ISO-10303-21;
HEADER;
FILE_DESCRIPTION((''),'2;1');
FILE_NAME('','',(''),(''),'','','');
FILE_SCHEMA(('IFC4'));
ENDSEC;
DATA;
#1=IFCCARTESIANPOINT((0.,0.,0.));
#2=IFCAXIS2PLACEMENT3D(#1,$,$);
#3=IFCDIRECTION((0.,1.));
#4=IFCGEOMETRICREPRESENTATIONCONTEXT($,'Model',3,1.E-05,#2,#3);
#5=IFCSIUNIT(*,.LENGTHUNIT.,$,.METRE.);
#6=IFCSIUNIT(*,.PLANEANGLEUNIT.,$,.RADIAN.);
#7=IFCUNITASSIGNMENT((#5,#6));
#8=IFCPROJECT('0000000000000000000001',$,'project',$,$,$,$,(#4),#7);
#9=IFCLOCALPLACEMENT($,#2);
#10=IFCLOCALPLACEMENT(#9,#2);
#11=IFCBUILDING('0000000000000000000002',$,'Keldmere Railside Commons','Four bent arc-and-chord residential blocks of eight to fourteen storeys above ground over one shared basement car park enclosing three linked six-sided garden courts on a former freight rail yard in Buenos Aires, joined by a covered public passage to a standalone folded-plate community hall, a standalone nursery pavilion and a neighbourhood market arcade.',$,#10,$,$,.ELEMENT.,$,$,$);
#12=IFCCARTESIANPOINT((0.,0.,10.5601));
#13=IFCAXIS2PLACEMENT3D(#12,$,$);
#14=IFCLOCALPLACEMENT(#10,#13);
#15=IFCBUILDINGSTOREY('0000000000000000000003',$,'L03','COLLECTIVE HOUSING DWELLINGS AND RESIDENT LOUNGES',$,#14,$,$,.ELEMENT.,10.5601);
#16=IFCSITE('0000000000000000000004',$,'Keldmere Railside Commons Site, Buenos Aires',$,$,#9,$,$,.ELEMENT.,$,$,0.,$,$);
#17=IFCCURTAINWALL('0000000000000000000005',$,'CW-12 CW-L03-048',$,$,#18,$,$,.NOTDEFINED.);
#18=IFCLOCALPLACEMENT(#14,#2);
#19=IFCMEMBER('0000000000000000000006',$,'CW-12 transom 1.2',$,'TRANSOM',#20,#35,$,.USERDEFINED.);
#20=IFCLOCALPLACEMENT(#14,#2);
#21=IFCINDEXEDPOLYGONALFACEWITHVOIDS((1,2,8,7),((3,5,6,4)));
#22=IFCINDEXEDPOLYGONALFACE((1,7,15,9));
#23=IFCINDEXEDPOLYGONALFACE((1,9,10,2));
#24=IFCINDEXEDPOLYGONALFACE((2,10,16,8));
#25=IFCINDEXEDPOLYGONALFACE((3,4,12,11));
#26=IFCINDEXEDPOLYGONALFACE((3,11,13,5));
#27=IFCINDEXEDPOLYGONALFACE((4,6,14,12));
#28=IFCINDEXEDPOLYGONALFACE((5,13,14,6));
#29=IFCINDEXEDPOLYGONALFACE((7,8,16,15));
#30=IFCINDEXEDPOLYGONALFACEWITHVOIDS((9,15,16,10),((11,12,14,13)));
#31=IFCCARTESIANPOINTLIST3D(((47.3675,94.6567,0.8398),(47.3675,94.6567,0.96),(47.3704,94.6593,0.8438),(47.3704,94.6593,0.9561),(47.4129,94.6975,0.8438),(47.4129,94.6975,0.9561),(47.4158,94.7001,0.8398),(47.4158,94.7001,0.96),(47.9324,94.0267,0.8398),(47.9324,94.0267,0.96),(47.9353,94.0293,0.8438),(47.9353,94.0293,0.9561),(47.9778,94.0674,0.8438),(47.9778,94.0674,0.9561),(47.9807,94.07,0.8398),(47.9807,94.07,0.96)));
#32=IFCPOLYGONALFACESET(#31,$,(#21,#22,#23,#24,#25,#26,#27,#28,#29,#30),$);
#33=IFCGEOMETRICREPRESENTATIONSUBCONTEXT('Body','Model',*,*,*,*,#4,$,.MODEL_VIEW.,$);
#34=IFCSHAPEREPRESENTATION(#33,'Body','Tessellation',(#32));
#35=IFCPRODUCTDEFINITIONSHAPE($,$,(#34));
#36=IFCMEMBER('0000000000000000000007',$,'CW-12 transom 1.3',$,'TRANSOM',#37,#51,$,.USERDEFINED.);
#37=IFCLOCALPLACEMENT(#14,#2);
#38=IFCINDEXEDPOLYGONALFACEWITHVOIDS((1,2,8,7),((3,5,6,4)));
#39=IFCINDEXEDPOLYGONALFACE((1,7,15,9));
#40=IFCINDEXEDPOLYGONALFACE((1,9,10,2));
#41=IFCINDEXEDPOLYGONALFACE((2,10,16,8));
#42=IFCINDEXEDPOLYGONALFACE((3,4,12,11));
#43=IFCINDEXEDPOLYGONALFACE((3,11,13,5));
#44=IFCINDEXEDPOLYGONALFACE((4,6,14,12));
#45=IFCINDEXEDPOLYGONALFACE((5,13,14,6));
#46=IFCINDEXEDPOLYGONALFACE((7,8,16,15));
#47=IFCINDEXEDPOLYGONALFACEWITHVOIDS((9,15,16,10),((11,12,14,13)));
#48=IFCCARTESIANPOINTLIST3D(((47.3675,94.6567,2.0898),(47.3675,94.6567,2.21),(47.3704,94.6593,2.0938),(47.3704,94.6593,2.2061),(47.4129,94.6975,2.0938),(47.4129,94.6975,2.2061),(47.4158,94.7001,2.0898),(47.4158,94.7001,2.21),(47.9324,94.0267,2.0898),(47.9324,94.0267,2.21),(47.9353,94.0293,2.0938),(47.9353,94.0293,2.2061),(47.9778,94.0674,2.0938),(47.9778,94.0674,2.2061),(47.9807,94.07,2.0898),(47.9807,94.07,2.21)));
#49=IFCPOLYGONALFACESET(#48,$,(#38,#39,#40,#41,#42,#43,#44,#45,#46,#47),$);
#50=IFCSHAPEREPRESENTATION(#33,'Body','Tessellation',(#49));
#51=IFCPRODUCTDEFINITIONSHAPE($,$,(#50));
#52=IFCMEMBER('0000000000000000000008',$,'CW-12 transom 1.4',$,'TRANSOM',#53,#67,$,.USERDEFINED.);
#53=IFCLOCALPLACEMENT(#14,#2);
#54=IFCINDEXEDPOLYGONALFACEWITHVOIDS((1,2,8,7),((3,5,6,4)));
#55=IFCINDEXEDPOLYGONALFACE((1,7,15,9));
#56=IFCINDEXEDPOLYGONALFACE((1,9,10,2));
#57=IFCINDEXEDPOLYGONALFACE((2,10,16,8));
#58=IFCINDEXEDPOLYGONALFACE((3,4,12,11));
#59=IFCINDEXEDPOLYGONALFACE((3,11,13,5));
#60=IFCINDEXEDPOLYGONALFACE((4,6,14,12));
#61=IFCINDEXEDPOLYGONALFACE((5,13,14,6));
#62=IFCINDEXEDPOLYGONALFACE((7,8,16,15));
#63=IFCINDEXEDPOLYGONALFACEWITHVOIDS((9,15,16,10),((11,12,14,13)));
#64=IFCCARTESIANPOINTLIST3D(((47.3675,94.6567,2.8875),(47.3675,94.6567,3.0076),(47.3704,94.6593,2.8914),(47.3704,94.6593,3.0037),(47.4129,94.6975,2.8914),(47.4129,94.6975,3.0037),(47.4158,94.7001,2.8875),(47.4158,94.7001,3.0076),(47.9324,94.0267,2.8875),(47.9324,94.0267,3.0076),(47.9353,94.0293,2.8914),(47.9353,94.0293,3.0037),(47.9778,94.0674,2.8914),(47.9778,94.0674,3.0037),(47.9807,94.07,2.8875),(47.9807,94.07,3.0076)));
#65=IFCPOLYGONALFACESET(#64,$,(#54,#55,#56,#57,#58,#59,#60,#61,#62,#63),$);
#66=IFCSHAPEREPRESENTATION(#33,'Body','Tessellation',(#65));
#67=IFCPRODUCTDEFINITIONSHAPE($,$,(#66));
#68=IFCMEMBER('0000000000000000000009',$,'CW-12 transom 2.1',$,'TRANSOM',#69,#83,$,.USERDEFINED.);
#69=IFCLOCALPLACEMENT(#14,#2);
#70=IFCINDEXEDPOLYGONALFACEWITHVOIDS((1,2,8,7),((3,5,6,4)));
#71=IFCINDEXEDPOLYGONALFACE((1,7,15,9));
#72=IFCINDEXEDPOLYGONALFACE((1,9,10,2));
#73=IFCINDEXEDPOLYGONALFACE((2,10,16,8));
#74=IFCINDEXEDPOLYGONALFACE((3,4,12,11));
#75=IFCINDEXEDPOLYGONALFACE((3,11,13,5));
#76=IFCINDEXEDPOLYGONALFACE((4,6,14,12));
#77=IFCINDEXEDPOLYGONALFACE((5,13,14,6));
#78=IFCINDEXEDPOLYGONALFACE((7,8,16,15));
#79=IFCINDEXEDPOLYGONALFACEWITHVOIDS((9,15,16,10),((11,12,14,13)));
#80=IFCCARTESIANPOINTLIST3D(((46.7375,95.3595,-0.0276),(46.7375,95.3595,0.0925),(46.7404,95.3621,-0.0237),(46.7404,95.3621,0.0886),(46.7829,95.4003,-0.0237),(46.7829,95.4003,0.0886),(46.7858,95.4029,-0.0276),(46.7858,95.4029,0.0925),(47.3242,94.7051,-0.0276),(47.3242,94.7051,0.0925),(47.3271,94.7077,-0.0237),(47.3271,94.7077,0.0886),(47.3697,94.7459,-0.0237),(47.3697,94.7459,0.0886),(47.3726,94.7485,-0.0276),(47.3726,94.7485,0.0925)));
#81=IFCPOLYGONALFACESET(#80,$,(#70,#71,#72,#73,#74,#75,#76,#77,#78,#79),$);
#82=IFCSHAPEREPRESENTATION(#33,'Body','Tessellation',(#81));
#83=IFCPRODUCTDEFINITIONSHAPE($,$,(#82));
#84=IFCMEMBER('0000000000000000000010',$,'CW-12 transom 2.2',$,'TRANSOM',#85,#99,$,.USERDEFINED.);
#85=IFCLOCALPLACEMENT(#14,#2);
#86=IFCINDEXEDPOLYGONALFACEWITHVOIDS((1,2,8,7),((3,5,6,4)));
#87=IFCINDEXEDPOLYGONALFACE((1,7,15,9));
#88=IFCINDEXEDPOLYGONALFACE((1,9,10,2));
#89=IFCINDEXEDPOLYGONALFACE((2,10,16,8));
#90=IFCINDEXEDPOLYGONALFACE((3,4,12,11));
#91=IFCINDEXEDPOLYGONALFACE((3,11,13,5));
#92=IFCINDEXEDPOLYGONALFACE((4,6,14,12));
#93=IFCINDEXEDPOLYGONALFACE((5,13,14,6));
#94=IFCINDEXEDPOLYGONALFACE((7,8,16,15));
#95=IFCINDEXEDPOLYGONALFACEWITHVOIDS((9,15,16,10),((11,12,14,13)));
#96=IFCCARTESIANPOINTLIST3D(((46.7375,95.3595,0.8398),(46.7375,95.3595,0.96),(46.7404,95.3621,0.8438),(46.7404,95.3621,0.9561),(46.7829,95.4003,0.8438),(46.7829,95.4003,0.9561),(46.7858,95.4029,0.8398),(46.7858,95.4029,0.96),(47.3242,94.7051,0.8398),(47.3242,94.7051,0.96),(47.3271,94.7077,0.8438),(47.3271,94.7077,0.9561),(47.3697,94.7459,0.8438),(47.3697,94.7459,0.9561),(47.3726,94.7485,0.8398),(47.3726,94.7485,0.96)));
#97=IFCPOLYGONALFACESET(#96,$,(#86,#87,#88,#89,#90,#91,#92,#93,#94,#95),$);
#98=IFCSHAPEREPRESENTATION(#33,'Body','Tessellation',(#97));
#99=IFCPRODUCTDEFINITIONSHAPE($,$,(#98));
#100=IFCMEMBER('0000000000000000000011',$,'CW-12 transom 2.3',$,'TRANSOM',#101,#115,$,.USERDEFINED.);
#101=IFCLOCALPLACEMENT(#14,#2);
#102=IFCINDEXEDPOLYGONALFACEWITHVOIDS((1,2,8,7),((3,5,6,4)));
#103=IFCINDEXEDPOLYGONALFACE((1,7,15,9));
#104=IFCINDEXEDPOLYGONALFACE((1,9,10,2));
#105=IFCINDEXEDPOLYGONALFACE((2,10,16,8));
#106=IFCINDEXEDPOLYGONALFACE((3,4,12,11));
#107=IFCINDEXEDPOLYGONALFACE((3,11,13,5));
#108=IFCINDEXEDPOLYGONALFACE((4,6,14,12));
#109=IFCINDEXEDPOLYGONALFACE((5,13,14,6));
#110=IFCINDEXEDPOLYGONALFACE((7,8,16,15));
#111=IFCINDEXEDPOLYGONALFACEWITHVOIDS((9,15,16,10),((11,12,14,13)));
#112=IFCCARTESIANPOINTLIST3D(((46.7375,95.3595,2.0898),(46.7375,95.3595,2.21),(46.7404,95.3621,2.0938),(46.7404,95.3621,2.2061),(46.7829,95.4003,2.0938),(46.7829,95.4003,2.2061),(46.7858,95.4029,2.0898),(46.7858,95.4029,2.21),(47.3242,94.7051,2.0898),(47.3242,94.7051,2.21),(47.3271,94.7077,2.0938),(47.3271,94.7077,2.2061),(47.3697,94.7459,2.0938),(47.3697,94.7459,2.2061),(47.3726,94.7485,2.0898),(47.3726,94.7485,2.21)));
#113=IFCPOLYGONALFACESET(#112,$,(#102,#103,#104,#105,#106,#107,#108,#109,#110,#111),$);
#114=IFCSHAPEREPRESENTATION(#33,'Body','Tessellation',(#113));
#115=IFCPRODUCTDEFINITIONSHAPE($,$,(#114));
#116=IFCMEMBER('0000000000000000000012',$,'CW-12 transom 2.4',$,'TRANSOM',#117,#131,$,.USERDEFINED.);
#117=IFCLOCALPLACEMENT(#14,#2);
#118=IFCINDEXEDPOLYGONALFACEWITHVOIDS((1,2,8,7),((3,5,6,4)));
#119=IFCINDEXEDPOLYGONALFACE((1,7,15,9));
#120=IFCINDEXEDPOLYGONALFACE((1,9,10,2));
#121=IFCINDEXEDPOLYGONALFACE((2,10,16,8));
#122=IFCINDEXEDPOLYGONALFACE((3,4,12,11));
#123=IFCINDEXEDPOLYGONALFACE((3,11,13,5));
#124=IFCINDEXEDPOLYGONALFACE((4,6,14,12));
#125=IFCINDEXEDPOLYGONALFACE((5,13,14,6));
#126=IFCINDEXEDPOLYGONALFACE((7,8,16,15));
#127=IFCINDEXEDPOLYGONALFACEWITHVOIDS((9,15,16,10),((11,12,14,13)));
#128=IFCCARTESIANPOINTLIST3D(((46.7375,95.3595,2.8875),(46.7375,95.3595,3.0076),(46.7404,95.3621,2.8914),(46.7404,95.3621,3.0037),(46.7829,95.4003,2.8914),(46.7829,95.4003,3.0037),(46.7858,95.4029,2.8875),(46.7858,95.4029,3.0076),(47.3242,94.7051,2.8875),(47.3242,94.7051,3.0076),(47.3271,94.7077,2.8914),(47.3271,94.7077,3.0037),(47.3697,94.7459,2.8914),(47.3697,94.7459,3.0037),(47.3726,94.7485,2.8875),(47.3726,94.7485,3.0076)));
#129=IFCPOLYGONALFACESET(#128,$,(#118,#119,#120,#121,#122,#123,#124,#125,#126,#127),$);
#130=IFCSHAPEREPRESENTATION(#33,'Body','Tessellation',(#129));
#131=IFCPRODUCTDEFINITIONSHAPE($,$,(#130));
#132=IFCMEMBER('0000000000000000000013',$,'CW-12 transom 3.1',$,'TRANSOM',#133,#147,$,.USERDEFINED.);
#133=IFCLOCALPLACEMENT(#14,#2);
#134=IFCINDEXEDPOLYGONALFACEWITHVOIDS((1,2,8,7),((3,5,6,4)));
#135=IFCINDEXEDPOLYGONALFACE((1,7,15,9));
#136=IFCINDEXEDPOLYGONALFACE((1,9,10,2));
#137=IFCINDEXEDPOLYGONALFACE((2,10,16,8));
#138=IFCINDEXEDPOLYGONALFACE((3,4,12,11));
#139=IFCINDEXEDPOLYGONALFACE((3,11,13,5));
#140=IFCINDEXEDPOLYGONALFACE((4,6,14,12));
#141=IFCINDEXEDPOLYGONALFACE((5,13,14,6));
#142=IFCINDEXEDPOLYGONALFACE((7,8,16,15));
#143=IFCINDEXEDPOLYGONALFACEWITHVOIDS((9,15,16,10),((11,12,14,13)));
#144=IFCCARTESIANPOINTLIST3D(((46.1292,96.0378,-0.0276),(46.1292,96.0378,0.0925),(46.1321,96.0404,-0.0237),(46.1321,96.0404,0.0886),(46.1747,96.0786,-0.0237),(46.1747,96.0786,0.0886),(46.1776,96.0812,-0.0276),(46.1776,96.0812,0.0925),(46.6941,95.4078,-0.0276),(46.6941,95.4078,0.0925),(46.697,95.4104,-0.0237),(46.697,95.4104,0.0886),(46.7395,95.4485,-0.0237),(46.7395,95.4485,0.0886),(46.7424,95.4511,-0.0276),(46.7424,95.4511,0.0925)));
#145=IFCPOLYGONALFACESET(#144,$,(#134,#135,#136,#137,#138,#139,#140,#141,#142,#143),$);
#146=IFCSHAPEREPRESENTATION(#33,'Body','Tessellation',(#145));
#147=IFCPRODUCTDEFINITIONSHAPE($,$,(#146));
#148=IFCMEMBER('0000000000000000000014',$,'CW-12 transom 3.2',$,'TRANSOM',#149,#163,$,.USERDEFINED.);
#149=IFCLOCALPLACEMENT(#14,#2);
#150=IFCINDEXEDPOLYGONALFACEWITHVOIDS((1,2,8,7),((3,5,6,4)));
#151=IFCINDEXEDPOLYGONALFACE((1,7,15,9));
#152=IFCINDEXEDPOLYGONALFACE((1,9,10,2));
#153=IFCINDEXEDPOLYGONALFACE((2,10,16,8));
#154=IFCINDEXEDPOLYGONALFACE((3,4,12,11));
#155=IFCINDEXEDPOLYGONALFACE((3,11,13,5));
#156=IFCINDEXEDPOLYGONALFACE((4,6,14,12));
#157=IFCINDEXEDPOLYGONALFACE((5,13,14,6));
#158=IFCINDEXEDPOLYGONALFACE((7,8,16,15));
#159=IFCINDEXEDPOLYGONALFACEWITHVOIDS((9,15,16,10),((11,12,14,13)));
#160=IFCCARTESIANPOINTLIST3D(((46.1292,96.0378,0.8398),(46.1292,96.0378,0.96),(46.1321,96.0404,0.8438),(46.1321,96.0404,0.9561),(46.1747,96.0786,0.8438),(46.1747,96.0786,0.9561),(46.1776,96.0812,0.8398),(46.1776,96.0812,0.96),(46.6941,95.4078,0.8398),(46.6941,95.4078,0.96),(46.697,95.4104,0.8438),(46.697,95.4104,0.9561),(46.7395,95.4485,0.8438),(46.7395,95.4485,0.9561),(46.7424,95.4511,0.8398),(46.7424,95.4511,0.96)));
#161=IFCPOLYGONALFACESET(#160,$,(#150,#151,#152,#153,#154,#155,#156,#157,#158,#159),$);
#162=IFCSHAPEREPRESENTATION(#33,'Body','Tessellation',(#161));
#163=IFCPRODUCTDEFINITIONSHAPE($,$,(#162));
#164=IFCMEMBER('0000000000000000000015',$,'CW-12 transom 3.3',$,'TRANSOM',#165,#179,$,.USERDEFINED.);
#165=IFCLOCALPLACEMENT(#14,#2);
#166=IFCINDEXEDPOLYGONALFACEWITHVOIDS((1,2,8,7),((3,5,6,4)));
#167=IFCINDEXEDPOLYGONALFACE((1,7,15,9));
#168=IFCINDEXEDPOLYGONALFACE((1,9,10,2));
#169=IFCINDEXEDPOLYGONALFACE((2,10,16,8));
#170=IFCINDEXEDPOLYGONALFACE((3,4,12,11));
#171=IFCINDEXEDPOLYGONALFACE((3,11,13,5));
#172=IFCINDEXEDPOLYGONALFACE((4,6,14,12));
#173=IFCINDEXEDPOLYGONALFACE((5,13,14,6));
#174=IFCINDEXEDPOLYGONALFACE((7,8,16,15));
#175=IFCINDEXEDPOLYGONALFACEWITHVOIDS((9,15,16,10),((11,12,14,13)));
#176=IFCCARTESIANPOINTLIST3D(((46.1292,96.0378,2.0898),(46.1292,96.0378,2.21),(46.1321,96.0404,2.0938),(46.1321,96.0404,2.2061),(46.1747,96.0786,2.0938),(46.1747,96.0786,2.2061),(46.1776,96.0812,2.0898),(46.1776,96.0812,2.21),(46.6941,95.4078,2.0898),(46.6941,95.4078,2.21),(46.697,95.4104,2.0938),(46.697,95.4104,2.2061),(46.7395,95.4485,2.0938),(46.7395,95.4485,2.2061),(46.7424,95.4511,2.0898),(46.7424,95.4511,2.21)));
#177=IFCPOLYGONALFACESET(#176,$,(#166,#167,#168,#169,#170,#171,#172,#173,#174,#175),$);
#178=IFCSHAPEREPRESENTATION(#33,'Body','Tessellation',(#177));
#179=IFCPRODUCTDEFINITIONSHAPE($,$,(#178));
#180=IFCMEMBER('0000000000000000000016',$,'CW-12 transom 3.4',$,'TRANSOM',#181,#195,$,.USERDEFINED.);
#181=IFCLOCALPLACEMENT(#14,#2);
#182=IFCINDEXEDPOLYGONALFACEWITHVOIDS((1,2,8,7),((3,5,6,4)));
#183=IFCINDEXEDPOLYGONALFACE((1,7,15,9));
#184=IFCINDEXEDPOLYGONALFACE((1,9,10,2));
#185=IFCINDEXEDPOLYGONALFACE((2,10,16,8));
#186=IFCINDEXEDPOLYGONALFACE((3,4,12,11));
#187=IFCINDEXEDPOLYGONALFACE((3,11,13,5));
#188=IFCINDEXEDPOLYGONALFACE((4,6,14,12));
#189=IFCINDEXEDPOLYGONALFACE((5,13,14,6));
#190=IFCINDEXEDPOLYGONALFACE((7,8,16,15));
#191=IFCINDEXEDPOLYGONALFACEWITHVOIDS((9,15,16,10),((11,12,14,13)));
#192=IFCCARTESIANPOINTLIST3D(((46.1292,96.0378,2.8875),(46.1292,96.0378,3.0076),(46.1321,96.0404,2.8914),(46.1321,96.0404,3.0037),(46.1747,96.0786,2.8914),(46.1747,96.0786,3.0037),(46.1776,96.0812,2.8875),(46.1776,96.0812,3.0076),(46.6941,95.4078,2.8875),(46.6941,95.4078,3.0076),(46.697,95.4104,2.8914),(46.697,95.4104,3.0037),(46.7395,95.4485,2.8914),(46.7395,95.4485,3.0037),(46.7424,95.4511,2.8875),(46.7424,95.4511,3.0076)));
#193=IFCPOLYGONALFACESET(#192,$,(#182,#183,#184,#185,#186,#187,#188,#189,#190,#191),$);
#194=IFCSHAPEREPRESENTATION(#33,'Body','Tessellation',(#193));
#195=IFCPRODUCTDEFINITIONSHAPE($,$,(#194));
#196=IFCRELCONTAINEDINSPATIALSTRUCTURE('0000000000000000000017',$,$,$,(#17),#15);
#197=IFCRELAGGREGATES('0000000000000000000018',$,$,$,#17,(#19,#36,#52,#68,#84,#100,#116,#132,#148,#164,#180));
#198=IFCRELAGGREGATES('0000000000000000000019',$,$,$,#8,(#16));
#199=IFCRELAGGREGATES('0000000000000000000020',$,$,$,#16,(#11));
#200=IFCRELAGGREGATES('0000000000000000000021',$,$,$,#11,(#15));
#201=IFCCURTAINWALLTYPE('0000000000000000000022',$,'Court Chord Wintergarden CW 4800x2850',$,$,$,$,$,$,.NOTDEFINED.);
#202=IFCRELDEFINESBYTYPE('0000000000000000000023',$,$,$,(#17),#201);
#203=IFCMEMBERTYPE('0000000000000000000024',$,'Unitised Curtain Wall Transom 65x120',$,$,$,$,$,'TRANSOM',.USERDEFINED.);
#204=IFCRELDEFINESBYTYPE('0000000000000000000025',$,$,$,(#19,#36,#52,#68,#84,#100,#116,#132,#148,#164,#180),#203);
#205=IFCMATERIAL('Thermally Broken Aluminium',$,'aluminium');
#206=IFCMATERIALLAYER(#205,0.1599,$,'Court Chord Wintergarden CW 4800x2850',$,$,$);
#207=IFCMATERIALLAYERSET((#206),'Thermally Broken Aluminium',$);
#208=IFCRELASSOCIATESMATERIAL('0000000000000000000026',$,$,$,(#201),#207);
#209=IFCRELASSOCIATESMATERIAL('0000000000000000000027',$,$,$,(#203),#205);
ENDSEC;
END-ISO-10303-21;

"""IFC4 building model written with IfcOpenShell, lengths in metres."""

from ifc_helpers import new_model, si_unit, direction, frame, origin, origin_2d, place, context, subcontext, project, spatial, hollow_rectangle, extrude, material, layer, layer_set, material_profile, profile_set, type_object, element, aggregate, save


model = new_model("IFC4")

# Units and contexts
model_context = context("Model", 3, precision=1e-05, world=origin(), true_north=direction((0.0, 1.0)))
body_context = subcontext(model_context, "Body", "Model", "MODEL_VIEW")
ifc_project = project(units=[si_unit("LENGTHUNIT", "METRE"), si_unit("PLANEANGLEUNIT", "RADIAN")], contexts=[model_context])

# Site, building, storey
site_placement = place(None, origin())
site = spatial("IfcSite", under=ifc_project, at=site_placement, Name="Keldmere Railside Commons Site, Buenos Aires", CompositionType="ELEMENT", RefElevation=0.0)
building_placement = place(site_placement, origin())
building = spatial("IfcBuilding", under=site, at=building_placement, Name="Keldmere Railside Commons", Description="Four bent arc-and-chord residential blocks of eight to fourteen storeys above ground over one shared basement car park enclosing three linked six-sided garden courts on a former freight rail yard in Buenos Aires, joined by a covered public passage to a standalone folded-plate community hall, a standalone nursery pavilion and a neighbourhood market arcade.", CompositionType="ELEMENT")
storey_placement = place(building_placement, frame((0.0, 0.0, 10.5601)))
storey = spatial("IfcBuildingStorey", under=building, at=storey_placement, Name="L03", Description="COLLECTIVE HOUSING DWELLINGS AND RESIDENT LOUNGES", CompositionType="ELEMENT", Elevation=10.5601)

# Curtain wall, members
ifc_material_1 = material(Name="Thermally Broken Aluminium", Category="aluminium")
ifc_layer_1 = layer(ifc_material_1, 0.1599, Name="Court Chord Wintergarden CW 4800x2850")
ifc_layer_set_1 = layer_set([ifc_layer_1], Name="Thermally Broken Aluminium")
curtain_wall_type = type_object("IfcCurtainWallType", Name="Court Chord Wintergarden CW 4800x2850", PredefinedType="NOTDEFINED", material=ifc_layer_set_1)
curtain_wall_placement = place(storey_placement, origin())
curtain_wall = element("IfcCurtainWall", 1, at=curtain_wall_placement, inside=storey, type_object=curtain_wall_type, Name="CW-12 CW-L03-048", PredefinedType="NOTDEFINED")
ifc_material_profile_1 = material_profile(ifc_material_1, hollow_rectangle(XDim=0.0649, YDim=0.1201, WallThickness=0.0039, at=origin_2d()), Name="ALU-TRAN-65x120")
ifc_profile_set_1 = profile_set([ifc_material_profile_1], Name="Thermally Broken Aluminium")
member_type_1 = type_object("IfcMemberType", Name="Unitised Curtain Wall Transom 65x120", ElementType="TRANSOM", PredefinedType="USERDEFINED", material=ifc_profile_set_1)
member_1_placement = place(storey_placement, frame((47.9565, 94.0483, 0.8999), z_axis=(-0.667545, 0.744569, 0.0), x_axis=(-0.744569, -0.667545, 0.0)))
member_1 = element("IfcMember", 2, at=member_1_placement, type_object=member_type_1, Name="CW-12 transom 1.2", ObjectType="TRANSOM", PredefinedType="USERDEFINED", context=body_context, shape_type="SweptSolid", body=[
    extrude(hollow_rectangle(XDim=0.0649, YDim=0.1201, WallThickness=0.0039, at=origin_2d()), origin(), (0.0, 0.0, 1.0), 0.8462),
])
member_2_placement = place(storey_placement, frame((47.9565, 94.0483, 2.1499), z_axis=(-0.667545, 0.744569, 0.0), x_axis=(-0.744569, -0.667545, 0.0)))
member_2 = element("IfcMember", 3, at=member_2_placement, type_object=member_type_1, Name="CW-12 transom 1.3", ObjectType="TRANSOM", PredefinedType="USERDEFINED", context=body_context, shape_type="SweptSolid", body=[
    extrude(hollow_rectangle(XDim=0.0649, YDim=0.1201, WallThickness=0.0039, at=origin_2d()), origin(), (0.0, 0.0, 1.0), 0.8462),
])
member_3_placement = place(storey_placement, frame((47.9565, 94.0483, 2.9475), z_axis=(-0.667545, 0.744569, 0.0), x_axis=(-0.744569, -0.667545, 0.0)))
member_3 = element("IfcMember", 4, at=member_3_placement, type_object=member_type_1, Name="CW-12 transom 1.4", ObjectType="TRANSOM", PredefinedType="USERDEFINED", context=body_context, shape_type="SweptSolid", body=[
    extrude(hollow_rectangle(XDim=0.0649, YDim=0.1201, WallThickness=0.0039, at=origin_2d()), origin(), (0.0, 0.0, 1.0), 0.8462),
])
member_4_placement = place(storey_placement, frame((47.3484, 94.7268, 0.0325), z_axis=(-0.667582, 0.744536, 0.0), x_axis=(-0.744536, -0.667582, 0.0)))
member_4 = element("IfcMember", 5, at=member_4_placement, type_object=member_type_1, Name="CW-12 transom 2.1", ObjectType="TRANSOM", PredefinedType="USERDEFINED", context=body_context, shape_type="SweptSolid", body=[
    extrude(hollow_rectangle(XDim=0.0649, YDim=0.1201, WallThickness=0.0039, at=origin_2d()), origin(), (0.0, 0.0, 1.0), 0.8789),
])
member_5_placement = place(storey_placement, frame((47.3484, 94.7268, 0.8999), z_axis=(-0.667582, 0.744536, 0.0), x_axis=(-0.744536, -0.667582, 0.0)))
member_5 = element("IfcMember", 6, at=member_5_placement, type_object=member_type_1, Name="CW-12 transom 2.2", ObjectType="TRANSOM", PredefinedType="USERDEFINED", context=body_context, shape_type="SweptSolid", body=[
    extrude(hollow_rectangle(XDim=0.0649, YDim=0.1201, WallThickness=0.0039, at=origin_2d()), origin(), (0.0, 0.0, 1.0), 0.8789),
])
member_6_placement = place(storey_placement, frame((47.3484, 94.7268, 2.1499), z_axis=(-0.667582, 0.744536, 0.0), x_axis=(-0.744536, -0.667582, 0.0)))
member_6 = element("IfcMember", 7, at=member_6_placement, type_object=member_type_1, Name="CW-12 transom 2.3", ObjectType="TRANSOM", PredefinedType="USERDEFINED", context=body_context, shape_type="SweptSolid", body=[
    extrude(hollow_rectangle(XDim=0.0649, YDim=0.1201, WallThickness=0.0039, at=origin_2d()), origin(), (0.0, 0.0, 1.0), 0.8789),
])
member_7_placement = place(storey_placement, frame((47.3484, 94.7268, 2.9475), z_axis=(-0.667582, 0.744536, 0.0), x_axis=(-0.744536, -0.667582, 0.0)))
member_7 = element("IfcMember", 8, at=member_7_placement, type_object=member_type_1, Name="CW-12 transom 2.4", ObjectType="TRANSOM", PredefinedType="USERDEFINED", context=body_context, shape_type="SweptSolid", body=[
    extrude(hollow_rectangle(XDim=0.0649, YDim=0.1201, WallThickness=0.0039, at=origin_2d()), origin(), (0.0, 0.0, 1.0), 0.8789),
])
member_8_placement = place(storey_placement, frame((46.7183, 95.4294, 0.0325), z_axis=(-0.667545, 0.744569, 0.0), x_axis=(-0.744569, -0.667545, 0.0)))
member_8 = element("IfcMember", 9, at=member_8_placement, type_object=member_type_1, Name="CW-12 transom 3.1", ObjectType="TRANSOM", PredefinedType="USERDEFINED", context=body_context, shape_type="SweptSolid", body=[
    extrude(hollow_rectangle(XDim=0.0649, YDim=0.1201, WallThickness=0.0039, at=origin_2d()), origin(), (0.0, 0.0, 1.0), 0.8462),
])
member_9_placement = place(storey_placement, frame((46.7183, 95.4294, 0.8999), z_axis=(-0.667545, 0.744569, 0.0), x_axis=(-0.744569, -0.667545, 0.0)))
member_9 = element("IfcMember", 10, at=member_9_placement, type_object=member_type_1, Name="CW-12 transom 3.2", ObjectType="TRANSOM", PredefinedType="USERDEFINED", context=body_context, shape_type="SweptSolid", body=[
    extrude(hollow_rectangle(XDim=0.0649, YDim=0.1201, WallThickness=0.0039, at=origin_2d()), origin(), (0.0, 0.0, 1.0), 0.8462),
])
member_10_placement = place(storey_placement, frame((46.7183, 95.4294, 2.1499), z_axis=(-0.667545, 0.744569, 0.0), x_axis=(-0.744569, -0.667545, 0.0)))
member_10 = element("IfcMember", 11, at=member_10_placement, type_object=member_type_1, Name="CW-12 transom 3.3", ObjectType="TRANSOM", PredefinedType="USERDEFINED", context=body_context, shape_type="SweptSolid", body=[
    extrude(hollow_rectangle(XDim=0.0649, YDim=0.1201, WallThickness=0.0039, at=origin_2d()), origin(), (0.0, 0.0, 1.0), 0.8462),
])
member_11_placement = place(storey_placement, frame((46.7183, 95.4294, 2.9475), z_axis=(-0.667545, 0.744569, 0.0), x_axis=(-0.744569, -0.667545, 0.0)))
member_11 = element("IfcMember", 12, at=member_11_placement, type_object=member_type_1, Name="CW-12 transom 3.4", ObjectType="TRANSOM", PredefinedType="USERDEFINED", context=body_context, shape_type="SweptSolid", body=[
    extrude(hollow_rectangle(XDim=0.0649, YDim=0.1201, WallThickness=0.0039, at=origin_2d()), origin(), (0.0, 0.0, 1.0), 0.8462),
])
aggregate(curtain_wall, [member_1, member_2, member_3, member_4, member_5, member_6, member_7, member_8, member_9, member_10, member_11])

save(model, "model.ifc")
